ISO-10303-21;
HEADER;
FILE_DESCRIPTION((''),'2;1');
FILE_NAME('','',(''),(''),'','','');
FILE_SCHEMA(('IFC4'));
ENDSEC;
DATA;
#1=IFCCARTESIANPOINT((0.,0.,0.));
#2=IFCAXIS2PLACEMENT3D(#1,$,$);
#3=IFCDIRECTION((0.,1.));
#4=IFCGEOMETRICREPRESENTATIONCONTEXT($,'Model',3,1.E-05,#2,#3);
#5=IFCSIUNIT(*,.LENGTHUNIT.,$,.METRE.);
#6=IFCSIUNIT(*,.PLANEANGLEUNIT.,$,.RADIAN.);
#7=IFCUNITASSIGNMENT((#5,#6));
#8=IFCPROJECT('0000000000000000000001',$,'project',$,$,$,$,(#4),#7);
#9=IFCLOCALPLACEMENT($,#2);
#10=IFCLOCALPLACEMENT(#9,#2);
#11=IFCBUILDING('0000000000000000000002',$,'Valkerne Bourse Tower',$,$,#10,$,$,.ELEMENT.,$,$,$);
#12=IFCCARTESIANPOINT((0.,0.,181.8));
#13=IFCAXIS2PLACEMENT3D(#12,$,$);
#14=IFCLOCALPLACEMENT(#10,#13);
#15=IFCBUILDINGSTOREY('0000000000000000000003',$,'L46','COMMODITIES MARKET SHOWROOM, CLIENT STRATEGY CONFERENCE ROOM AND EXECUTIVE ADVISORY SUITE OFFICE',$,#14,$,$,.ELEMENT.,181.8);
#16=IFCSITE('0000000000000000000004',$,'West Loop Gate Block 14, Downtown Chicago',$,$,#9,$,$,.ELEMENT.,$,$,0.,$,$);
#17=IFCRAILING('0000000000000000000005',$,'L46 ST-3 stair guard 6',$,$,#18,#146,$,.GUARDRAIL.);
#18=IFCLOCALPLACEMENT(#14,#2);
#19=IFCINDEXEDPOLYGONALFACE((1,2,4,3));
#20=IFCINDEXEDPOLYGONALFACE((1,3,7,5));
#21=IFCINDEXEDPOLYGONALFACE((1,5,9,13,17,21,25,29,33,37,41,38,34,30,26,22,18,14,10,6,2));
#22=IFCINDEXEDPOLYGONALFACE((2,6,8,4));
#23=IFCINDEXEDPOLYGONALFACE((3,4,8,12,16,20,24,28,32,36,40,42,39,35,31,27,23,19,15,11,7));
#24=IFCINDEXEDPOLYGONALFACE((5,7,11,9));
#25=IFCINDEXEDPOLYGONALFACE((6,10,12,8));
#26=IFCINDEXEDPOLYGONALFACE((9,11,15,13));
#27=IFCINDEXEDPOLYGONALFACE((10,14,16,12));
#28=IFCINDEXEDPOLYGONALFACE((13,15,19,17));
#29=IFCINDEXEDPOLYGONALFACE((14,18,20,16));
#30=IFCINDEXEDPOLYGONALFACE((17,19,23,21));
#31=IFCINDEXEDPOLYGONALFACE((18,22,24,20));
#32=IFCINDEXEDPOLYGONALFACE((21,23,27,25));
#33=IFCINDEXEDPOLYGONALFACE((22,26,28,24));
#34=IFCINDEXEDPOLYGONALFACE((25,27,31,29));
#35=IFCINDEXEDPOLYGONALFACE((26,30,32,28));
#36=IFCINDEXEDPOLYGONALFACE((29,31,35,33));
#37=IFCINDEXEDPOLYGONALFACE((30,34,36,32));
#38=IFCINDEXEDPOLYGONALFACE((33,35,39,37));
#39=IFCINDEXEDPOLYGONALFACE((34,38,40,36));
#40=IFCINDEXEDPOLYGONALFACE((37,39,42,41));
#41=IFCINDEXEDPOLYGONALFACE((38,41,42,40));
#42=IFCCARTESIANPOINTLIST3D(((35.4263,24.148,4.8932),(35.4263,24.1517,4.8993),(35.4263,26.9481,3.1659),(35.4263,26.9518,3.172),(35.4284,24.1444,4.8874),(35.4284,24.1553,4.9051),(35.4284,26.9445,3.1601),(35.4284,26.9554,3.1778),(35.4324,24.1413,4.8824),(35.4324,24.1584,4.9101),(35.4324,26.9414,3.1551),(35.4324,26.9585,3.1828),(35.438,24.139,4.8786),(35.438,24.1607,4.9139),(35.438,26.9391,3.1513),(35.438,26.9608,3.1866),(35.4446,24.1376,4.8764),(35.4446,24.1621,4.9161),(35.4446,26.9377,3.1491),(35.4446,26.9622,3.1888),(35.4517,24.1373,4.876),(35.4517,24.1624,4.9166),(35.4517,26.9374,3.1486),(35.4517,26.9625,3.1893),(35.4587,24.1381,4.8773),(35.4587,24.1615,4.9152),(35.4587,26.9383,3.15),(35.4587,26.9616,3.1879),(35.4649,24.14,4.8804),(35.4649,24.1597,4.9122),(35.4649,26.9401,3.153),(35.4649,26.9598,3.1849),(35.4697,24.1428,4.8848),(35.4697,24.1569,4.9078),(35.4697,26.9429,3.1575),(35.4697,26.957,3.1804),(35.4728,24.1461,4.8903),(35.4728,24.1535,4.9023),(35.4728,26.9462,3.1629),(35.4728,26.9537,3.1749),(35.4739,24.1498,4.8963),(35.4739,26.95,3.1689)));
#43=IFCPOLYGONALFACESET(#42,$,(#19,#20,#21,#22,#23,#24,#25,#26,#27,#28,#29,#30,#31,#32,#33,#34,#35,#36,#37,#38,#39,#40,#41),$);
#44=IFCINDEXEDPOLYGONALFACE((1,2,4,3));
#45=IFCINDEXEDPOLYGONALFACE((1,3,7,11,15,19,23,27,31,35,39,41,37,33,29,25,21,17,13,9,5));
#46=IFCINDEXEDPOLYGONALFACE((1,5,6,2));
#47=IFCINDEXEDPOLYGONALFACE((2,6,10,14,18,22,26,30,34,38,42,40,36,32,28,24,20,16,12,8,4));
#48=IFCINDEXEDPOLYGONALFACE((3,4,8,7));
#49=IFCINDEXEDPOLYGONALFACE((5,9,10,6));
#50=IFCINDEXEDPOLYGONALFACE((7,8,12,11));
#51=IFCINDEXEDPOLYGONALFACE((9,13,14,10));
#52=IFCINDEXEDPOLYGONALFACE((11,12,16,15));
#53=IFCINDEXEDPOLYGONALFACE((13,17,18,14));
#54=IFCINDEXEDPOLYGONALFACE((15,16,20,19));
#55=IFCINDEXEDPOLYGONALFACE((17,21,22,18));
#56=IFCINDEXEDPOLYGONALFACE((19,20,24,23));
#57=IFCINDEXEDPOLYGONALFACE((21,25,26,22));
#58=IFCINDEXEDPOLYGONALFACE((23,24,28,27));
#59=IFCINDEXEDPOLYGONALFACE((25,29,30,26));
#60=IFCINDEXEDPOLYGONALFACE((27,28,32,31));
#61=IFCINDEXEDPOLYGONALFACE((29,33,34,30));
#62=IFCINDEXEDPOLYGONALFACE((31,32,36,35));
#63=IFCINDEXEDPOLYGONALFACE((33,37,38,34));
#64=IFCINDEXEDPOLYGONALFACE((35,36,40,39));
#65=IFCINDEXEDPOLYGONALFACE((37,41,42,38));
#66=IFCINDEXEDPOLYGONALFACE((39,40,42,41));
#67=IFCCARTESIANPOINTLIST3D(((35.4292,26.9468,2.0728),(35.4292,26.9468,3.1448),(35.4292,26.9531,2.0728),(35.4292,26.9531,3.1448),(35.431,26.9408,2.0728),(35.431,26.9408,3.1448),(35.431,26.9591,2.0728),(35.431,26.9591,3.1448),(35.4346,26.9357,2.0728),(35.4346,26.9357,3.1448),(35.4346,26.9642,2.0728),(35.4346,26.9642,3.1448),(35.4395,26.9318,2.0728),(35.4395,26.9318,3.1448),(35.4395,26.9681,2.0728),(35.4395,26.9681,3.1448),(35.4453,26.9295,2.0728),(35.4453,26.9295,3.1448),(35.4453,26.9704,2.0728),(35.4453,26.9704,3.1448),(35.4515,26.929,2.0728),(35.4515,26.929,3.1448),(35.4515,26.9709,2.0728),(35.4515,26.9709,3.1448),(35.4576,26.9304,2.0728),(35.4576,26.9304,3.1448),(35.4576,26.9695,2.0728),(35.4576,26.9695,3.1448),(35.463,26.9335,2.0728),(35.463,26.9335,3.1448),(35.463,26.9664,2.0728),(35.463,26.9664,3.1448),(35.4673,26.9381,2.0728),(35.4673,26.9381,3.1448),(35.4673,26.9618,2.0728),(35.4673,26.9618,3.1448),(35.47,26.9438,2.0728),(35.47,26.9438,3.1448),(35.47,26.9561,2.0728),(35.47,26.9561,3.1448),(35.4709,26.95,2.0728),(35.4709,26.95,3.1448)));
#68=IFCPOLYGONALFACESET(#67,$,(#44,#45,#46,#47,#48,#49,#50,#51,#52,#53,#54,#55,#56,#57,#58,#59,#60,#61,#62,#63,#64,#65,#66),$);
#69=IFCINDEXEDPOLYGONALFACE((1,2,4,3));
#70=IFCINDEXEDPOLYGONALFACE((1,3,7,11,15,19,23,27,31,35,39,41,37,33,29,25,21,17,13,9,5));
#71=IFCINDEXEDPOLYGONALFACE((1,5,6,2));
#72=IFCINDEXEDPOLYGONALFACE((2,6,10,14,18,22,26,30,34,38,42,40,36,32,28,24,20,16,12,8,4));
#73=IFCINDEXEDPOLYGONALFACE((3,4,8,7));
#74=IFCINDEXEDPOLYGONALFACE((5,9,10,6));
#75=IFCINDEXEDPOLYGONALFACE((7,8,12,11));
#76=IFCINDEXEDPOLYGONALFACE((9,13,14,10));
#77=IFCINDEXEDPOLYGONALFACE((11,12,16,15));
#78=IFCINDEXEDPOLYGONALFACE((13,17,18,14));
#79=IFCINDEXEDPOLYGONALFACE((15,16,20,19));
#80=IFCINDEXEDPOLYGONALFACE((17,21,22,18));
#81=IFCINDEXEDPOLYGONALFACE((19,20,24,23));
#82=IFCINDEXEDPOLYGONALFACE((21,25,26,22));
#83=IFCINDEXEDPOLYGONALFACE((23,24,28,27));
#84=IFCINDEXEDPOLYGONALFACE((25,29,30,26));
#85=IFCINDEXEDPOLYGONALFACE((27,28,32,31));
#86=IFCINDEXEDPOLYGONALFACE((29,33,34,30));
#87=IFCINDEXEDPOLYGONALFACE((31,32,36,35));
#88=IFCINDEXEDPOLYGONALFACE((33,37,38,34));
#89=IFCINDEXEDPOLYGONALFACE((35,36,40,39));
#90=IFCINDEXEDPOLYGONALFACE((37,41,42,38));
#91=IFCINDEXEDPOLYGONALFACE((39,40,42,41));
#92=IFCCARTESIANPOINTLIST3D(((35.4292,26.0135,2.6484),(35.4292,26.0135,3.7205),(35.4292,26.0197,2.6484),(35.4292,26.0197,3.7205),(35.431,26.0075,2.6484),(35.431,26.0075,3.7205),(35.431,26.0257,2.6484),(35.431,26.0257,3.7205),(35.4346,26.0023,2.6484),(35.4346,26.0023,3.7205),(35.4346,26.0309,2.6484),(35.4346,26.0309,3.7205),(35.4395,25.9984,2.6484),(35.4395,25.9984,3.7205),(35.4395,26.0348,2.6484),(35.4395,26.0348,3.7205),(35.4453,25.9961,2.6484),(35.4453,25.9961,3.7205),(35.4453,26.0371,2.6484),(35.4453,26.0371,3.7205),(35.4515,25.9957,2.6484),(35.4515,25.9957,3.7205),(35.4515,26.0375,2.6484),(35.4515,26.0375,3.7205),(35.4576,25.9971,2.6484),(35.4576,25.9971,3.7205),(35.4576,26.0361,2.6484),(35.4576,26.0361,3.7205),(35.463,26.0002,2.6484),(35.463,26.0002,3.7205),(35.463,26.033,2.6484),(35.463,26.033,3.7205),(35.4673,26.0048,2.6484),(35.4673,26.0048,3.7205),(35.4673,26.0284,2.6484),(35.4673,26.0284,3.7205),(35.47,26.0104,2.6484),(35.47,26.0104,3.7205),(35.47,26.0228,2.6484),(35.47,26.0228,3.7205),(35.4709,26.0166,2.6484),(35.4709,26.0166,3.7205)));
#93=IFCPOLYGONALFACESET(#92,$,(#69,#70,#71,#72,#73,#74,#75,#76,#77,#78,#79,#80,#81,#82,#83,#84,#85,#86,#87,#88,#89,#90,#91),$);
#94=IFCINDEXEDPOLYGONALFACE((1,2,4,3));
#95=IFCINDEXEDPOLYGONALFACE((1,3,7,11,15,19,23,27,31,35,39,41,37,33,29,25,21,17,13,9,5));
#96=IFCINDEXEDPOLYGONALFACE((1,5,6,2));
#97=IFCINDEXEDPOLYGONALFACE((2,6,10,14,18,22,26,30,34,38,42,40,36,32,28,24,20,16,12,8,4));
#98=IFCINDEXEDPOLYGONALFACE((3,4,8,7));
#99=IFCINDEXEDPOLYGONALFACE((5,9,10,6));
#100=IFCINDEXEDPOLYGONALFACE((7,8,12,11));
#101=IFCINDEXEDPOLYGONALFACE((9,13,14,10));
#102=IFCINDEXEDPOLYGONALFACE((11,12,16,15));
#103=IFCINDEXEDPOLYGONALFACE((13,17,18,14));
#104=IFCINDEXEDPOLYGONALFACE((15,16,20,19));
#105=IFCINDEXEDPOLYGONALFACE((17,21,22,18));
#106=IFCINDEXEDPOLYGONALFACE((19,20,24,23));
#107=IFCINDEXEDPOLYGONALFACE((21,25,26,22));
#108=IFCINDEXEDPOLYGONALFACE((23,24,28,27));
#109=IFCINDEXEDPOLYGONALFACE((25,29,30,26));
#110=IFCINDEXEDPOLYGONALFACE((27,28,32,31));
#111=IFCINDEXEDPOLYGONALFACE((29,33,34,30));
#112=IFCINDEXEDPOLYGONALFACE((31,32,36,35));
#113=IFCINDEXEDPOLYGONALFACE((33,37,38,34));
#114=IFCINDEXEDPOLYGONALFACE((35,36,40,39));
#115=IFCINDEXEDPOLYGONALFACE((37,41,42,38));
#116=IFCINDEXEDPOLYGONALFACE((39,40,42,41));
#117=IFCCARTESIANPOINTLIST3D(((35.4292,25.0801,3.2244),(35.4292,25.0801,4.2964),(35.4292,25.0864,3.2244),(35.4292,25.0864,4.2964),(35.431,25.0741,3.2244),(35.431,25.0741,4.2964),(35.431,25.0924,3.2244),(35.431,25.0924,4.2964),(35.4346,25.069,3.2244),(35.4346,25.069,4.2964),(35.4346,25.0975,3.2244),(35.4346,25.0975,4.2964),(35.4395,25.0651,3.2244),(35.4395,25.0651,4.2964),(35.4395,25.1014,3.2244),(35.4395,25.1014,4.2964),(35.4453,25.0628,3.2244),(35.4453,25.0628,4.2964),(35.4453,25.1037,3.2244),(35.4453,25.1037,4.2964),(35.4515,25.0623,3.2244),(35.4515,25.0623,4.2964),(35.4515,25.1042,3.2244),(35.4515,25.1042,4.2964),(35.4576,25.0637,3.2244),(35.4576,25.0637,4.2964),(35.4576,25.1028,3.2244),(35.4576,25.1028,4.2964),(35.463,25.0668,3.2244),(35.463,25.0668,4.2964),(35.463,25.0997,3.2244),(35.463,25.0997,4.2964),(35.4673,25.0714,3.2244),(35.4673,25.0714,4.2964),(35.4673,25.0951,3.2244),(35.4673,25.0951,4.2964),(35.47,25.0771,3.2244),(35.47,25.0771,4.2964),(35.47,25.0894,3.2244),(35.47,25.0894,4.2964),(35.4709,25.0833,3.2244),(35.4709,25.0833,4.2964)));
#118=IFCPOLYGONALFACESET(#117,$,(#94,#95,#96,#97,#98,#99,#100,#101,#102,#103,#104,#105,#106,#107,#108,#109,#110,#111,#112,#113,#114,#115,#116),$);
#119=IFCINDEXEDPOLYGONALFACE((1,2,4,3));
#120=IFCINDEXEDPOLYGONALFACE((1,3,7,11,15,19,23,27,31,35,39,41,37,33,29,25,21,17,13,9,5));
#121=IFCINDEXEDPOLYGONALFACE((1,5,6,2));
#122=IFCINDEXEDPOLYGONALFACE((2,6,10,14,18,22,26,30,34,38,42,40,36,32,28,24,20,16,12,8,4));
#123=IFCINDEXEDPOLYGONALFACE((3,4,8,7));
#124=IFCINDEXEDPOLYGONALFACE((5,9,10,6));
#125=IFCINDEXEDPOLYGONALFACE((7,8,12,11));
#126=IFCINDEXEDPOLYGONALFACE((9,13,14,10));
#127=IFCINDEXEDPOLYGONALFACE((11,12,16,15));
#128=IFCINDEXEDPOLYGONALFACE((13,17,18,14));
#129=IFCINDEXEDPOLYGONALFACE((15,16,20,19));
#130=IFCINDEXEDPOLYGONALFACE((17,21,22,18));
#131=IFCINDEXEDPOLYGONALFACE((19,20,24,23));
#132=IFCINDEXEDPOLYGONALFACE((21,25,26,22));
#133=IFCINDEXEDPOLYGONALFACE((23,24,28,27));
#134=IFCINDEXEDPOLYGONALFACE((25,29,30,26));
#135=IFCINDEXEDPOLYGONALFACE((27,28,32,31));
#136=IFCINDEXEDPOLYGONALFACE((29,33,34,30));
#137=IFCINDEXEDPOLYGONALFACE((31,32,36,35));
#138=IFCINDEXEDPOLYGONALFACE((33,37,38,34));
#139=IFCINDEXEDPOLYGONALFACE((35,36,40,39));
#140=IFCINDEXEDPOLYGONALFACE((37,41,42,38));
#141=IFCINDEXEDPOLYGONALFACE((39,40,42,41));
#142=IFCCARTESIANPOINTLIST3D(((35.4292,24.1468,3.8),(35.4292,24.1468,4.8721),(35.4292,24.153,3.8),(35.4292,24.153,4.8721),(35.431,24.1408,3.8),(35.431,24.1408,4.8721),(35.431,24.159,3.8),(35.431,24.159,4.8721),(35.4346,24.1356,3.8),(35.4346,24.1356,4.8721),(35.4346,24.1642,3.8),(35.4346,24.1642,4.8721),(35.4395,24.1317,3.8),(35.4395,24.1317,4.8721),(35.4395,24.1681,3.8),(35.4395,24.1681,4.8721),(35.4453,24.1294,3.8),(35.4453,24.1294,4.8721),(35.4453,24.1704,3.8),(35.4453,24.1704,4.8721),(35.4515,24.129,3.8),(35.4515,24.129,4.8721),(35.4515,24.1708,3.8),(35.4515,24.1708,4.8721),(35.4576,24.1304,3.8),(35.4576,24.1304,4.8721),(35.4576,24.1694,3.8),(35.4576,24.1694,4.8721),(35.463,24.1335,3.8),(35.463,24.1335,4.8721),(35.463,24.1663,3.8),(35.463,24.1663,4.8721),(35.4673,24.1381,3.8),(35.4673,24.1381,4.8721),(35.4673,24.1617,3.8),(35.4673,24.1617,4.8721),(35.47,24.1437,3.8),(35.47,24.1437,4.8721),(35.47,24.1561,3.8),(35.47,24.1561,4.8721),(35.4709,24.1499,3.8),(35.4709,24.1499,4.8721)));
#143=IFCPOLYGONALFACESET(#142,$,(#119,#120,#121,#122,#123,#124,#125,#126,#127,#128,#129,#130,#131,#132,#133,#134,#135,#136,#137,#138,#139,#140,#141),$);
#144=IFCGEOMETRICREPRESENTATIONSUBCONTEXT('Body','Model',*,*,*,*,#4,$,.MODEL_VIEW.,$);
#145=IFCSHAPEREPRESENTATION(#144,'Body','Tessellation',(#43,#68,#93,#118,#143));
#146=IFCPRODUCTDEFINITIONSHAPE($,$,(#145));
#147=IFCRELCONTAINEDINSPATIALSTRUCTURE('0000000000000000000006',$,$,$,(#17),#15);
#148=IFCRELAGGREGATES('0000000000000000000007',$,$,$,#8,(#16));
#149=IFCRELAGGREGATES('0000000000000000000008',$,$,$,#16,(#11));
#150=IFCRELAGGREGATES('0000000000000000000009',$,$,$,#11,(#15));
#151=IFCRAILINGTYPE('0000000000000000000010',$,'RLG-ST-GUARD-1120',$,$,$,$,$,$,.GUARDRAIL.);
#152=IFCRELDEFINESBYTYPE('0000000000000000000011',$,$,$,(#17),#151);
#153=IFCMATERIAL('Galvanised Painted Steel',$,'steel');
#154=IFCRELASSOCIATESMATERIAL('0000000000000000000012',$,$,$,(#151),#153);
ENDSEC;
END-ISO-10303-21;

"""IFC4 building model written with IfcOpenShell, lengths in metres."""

from ifc_helpers import new_model, si_unit, direction, frame, origin, origin_2d, place, context, subcontext, project, spatial, circle, extrude, material, type_object, element, save


model = new_model("IFC4")

# Units and contexts
model_context = context("Model", 3, precision=1e-05, world=origin(), true_north=direction((0.0, 1.0)))
body_context = subcontext(model_context, "Body", "Model", "MODEL_VIEW")
ifc_project = project(units=[si_unit("LENGTHUNIT", "METRE"), si_unit("PLANEANGLEUNIT", "RADIAN")], contexts=[model_context])

# Site, building, storey
site_placement = place(None, origin())
site = spatial("IfcSite", under=ifc_project, at=site_placement, Name="West Loop Gate Block 14, Downtown Chicago", CompositionType="ELEMENT", RefElevation=0.0)
building_placement = place(site_placement, origin())
building = spatial("IfcBuilding", under=site, at=building_placement, Name="Valkerne Bourse Tower", CompositionType="ELEMENT")
storey_placement = place(building_placement, frame((0.0, 0.0, 181.8)))
storey = spatial("IfcBuildingStorey", under=building, at=storey_placement, Name="L46", Description="COMMODITIES MARKET SHOWROOM, CLIENT STRATEGY CONFERENCE ROOM AND EXECUTIVE ADVISORY SUITE OFFICE", CompositionType="ELEMENT", Elevation=181.8)

# Railing
ifc_material_1 = material(Name="Galvanised Painted Steel", Category="steel")
railing_type_1 = type_object("IfcRailingType", Name="RLG-ST-GUARD-1120", PredefinedType="GUARDRAIL", material=ifc_material_1)
railing_1_placement = place(storey_placement, frame((35.45, 26.95, 2.0728)))
element("IfcRailing", 1, at=railing_1_placement, inside=storey, type_object=railing_type_1, Name="L46 ST-3 stair guard 6", PredefinedType="GUARDRAIL", context=body_context, shape_type="SweptSolid", body=[
    extrude(circle(Radius=0.0239, at=origin_2d()), frame((0.0, 0.0, 1.0962), z_axis=(0.0, -0.85109, 0.52502), x_axis=(1.0, 0.0, 0.0)), (0.0, 0.0, 1.0), 3.29),
    extrude(circle(Radius=0.021, at=origin_2d()), origin(), (0.0, 0.0, 1.0), 1.072),
    extrude(circle(Radius=0.021, at=origin_2d()), frame((0.0, -0.9333, 0.5757)), (0.0, 0.0, 1.0), 1.072),
    extrude(circle(Radius=0.021, at=origin_2d()), frame((0.0, -1.8667, 1.1516)), (0.0, 0.0, 1.0), 1.072),
    extrude(circle(Radius=0.021, at=origin_2d()), frame((0.0, -2.8, 1.7273)), (0.0, 0.0, 1.0), 1.072),
])

save(model, "model.ifc")
